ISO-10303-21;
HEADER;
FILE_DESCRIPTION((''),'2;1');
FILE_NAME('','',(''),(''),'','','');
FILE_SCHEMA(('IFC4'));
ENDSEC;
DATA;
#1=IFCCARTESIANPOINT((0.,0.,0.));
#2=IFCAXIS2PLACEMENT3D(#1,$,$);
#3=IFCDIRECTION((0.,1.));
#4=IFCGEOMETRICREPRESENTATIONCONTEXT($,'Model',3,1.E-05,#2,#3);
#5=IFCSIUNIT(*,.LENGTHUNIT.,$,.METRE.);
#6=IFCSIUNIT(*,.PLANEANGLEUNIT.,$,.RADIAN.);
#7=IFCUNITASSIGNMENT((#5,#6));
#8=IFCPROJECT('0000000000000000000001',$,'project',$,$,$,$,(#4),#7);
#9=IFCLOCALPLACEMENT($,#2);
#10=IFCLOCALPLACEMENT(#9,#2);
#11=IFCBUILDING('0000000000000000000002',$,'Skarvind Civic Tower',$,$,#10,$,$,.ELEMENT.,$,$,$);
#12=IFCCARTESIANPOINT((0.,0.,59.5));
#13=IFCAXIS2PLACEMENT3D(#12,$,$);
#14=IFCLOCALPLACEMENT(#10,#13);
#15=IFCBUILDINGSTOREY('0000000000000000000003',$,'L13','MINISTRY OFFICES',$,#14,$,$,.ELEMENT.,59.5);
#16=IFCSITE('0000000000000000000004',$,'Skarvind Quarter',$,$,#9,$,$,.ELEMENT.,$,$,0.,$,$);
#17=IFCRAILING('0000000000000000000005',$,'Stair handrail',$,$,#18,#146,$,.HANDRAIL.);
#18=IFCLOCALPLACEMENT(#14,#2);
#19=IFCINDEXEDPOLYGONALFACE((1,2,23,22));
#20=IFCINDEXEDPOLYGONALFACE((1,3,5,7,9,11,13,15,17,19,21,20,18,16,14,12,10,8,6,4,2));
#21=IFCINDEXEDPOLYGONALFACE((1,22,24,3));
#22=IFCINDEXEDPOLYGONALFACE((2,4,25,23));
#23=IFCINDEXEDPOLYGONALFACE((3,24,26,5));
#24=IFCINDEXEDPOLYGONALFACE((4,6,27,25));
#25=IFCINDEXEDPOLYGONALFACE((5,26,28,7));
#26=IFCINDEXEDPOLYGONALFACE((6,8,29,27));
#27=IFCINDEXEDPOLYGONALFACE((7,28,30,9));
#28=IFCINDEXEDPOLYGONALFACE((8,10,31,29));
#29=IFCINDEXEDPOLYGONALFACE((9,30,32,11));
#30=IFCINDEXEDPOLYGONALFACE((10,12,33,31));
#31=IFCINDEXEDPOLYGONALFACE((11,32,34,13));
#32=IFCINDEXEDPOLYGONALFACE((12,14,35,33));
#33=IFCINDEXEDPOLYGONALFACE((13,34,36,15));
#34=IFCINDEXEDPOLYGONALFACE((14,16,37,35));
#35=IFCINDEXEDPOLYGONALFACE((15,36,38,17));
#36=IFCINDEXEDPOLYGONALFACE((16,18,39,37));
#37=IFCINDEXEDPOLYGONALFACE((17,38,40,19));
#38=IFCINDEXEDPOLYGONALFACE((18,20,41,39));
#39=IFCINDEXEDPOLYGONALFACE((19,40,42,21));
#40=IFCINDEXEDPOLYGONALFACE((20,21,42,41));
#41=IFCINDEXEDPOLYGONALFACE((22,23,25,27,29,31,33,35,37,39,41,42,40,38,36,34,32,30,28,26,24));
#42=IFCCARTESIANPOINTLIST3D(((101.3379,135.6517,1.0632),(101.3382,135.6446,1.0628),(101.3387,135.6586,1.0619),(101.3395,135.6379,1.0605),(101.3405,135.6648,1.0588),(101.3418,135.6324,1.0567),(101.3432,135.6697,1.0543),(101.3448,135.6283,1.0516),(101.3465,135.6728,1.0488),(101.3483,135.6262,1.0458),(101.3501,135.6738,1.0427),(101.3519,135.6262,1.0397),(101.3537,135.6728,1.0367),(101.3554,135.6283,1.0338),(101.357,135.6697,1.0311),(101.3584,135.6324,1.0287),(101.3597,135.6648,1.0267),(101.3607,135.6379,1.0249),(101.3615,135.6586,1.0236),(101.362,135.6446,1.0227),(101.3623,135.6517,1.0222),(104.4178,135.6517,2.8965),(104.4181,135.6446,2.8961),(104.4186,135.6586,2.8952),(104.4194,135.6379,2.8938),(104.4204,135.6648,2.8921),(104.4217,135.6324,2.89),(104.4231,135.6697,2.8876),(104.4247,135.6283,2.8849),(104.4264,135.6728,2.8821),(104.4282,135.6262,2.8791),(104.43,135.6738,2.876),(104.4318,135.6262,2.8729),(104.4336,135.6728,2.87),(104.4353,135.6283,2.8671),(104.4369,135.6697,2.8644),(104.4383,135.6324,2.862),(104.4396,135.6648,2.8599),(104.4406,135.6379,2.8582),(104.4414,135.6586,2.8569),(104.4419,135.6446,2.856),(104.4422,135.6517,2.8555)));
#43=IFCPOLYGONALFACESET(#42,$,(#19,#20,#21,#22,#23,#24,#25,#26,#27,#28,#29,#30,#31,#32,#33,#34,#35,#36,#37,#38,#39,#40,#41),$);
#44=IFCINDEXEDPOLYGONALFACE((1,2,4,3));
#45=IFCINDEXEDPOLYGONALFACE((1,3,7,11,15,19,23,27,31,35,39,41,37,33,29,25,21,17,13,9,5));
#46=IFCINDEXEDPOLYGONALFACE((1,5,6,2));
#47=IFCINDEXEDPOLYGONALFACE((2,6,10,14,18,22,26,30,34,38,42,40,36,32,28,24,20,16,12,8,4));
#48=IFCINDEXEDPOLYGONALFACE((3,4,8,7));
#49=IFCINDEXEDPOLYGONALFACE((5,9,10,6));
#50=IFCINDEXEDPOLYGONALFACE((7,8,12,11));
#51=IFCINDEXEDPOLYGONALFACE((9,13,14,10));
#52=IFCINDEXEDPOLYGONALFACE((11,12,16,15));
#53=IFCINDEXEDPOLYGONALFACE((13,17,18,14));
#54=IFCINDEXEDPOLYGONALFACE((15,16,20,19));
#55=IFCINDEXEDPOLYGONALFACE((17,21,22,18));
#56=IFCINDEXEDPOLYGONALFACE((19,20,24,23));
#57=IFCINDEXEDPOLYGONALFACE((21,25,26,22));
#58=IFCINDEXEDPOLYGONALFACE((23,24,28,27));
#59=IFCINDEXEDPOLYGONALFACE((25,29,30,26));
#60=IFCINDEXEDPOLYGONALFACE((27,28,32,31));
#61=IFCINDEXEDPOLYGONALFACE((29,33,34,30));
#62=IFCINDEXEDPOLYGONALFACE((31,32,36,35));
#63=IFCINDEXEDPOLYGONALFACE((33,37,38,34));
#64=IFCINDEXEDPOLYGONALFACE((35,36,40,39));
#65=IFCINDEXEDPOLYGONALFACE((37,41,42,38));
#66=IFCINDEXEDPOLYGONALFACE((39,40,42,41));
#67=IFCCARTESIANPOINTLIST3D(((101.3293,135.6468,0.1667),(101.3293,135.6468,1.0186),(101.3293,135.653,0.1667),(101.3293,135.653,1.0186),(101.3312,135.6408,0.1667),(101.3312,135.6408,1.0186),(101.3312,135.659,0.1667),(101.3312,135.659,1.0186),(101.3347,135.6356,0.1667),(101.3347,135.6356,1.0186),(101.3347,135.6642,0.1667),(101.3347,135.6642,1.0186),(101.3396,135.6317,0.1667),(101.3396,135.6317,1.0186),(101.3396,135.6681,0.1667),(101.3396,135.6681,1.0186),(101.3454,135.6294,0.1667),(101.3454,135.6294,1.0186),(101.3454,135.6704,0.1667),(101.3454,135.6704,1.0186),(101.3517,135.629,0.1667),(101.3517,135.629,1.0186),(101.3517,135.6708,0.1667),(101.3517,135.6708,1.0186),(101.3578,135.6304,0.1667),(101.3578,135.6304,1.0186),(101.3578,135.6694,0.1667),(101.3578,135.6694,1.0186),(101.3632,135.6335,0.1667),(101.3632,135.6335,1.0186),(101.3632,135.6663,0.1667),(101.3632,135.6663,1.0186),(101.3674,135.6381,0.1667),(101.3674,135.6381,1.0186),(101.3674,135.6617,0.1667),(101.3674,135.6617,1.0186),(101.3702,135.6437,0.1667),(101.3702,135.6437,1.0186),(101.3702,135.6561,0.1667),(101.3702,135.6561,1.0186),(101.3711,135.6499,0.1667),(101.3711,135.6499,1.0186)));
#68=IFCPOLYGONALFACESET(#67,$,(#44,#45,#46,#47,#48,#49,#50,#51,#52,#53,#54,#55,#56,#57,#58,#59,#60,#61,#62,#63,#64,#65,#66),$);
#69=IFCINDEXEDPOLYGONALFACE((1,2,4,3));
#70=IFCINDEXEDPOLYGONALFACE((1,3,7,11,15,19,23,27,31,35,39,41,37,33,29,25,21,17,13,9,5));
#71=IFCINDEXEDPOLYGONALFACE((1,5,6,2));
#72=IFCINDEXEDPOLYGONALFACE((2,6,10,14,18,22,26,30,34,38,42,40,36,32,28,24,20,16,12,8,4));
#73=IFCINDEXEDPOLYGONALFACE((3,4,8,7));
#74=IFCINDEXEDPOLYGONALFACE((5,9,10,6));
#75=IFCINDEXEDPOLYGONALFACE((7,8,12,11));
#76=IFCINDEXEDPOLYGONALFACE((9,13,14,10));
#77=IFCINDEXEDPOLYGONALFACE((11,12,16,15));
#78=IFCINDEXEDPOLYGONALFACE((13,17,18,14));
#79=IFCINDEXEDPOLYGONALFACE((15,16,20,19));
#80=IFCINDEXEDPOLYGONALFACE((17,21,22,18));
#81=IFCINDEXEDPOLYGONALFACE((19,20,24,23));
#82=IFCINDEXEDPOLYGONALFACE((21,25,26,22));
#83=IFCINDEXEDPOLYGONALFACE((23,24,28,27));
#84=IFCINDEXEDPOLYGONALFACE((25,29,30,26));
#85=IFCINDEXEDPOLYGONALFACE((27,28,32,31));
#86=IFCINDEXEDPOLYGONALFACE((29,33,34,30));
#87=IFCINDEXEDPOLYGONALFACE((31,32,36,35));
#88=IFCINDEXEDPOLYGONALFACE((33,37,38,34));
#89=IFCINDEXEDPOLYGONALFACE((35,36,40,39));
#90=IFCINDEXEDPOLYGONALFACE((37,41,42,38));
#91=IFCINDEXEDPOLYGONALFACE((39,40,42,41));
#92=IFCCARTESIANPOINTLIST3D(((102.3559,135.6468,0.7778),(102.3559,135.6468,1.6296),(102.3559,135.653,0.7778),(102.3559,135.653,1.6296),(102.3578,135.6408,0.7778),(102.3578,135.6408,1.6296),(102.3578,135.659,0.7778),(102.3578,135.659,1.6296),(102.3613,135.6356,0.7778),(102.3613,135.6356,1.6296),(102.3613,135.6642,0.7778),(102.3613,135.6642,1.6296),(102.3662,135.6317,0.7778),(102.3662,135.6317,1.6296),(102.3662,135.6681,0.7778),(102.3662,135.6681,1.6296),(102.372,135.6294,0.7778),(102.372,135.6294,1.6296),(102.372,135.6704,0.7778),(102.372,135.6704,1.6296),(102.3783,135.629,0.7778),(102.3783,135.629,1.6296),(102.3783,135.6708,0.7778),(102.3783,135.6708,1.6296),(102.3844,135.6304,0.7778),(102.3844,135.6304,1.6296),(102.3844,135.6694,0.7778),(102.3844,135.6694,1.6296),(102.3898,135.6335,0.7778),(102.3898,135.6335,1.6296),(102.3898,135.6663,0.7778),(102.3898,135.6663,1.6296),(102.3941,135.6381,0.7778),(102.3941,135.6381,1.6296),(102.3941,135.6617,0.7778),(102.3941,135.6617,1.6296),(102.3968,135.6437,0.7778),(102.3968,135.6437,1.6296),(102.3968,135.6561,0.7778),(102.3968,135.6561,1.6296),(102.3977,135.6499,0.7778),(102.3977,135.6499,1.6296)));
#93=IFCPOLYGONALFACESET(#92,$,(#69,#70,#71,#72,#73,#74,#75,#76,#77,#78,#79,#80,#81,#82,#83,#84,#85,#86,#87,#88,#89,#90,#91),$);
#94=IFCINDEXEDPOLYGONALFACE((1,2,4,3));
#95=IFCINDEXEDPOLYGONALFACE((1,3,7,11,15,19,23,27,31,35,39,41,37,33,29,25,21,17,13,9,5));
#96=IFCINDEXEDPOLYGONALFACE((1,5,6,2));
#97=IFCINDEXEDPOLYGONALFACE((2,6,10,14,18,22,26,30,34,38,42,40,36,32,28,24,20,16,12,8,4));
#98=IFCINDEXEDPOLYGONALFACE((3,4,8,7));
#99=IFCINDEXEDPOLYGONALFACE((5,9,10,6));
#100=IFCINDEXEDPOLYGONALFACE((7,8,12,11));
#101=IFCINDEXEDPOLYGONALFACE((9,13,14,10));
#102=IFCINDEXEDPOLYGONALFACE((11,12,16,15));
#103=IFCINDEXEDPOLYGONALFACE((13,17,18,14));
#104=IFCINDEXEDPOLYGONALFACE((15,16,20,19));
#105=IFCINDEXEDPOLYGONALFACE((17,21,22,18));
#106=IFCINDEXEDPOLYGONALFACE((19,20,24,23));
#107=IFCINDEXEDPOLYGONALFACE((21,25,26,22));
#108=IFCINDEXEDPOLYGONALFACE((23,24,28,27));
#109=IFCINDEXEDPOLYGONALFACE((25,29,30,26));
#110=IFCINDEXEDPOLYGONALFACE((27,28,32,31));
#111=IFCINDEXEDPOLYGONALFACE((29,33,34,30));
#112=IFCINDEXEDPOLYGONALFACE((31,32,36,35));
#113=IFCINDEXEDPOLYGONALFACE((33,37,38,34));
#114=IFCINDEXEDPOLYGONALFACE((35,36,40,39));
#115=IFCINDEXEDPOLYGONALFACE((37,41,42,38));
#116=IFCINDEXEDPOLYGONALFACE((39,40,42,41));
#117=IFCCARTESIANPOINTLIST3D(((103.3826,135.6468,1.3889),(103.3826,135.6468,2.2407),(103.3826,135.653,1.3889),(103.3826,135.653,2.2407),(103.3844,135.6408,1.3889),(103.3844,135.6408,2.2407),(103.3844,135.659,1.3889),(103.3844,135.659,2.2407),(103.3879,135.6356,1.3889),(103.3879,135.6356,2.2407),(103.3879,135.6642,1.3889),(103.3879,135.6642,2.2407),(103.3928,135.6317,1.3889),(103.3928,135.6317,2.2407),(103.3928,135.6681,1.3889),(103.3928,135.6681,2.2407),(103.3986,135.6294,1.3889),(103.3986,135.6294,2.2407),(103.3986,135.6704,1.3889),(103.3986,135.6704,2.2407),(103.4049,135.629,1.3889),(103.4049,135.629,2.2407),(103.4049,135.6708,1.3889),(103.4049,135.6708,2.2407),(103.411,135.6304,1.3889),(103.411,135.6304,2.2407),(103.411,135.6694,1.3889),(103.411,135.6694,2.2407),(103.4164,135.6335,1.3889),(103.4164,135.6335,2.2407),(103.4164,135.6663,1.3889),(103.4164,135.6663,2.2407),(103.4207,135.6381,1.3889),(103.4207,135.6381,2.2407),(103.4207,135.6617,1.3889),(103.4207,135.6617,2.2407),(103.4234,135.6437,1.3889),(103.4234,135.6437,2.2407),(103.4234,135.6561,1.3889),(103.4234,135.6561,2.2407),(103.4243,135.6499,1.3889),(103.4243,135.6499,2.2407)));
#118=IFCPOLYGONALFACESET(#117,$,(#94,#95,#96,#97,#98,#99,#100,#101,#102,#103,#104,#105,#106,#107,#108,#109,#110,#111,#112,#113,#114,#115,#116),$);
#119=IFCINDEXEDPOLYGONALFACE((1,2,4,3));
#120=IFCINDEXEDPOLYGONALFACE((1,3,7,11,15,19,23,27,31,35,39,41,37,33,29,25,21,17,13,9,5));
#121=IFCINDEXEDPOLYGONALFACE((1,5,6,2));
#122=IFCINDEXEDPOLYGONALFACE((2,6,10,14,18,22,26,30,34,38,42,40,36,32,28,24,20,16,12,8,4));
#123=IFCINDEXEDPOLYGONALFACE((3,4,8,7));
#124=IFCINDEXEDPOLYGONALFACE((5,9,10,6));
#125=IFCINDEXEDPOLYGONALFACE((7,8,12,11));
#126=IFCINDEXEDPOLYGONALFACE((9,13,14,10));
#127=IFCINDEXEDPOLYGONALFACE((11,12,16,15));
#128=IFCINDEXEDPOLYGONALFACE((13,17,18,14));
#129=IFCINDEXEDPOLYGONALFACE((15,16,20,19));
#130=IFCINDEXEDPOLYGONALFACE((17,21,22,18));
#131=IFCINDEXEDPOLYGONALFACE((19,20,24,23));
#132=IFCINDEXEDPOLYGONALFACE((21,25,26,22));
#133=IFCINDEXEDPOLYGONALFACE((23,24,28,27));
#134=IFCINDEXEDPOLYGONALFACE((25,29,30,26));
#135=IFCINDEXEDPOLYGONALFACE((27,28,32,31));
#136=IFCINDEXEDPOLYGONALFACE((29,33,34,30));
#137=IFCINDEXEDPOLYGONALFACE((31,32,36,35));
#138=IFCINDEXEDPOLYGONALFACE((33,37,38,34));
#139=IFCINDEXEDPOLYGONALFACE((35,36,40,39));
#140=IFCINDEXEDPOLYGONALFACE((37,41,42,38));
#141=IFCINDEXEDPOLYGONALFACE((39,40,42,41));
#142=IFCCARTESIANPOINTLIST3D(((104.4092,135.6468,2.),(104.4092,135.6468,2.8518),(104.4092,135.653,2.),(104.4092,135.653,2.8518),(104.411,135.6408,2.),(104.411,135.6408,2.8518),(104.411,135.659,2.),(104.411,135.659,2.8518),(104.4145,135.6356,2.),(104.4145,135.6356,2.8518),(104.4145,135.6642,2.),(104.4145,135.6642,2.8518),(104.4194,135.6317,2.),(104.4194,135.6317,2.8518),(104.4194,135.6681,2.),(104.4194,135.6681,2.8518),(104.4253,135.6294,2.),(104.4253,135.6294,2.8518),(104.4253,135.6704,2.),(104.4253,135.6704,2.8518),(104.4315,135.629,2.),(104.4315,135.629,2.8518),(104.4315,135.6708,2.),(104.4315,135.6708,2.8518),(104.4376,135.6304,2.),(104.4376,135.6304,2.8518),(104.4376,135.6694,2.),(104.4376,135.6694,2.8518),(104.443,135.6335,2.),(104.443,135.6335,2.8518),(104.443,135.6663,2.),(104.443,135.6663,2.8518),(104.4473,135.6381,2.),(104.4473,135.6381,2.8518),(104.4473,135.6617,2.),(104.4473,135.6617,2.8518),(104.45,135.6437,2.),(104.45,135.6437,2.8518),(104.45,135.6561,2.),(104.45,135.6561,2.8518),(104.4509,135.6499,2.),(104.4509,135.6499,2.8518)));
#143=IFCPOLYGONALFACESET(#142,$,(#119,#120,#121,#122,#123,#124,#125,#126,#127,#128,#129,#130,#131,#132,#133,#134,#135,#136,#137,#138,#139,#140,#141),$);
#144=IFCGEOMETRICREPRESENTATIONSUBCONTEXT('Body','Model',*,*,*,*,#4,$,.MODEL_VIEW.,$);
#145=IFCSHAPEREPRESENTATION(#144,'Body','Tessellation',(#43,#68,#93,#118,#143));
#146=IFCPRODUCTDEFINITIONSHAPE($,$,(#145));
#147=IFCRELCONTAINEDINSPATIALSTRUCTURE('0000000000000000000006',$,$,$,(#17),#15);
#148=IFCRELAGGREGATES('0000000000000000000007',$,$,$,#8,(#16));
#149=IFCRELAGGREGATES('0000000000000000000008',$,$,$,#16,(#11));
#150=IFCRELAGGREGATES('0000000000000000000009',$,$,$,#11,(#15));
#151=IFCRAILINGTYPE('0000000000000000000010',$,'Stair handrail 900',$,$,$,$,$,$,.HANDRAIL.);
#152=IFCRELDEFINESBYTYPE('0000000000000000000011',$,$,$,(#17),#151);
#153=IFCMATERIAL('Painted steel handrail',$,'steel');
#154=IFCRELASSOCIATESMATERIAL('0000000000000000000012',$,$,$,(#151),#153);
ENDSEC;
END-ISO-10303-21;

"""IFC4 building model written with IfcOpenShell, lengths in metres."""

from ifc_helpers import new_model, si_unit, direction, frame, origin, origin_2d, place, context, subcontext, project, spatial, circle, extrude, material, type_object, element, save


model = new_model("IFC4")

# Units and contexts
model_context = context("Model", 3, precision=1e-05, world=origin(), true_north=direction((0.0, 1.0)))
body_context = subcontext(model_context, "Body", "Model", "MODEL_VIEW")
ifc_project = project(units=[si_unit("LENGTHUNIT", "METRE"), si_unit("PLANEANGLEUNIT", "RADIAN")], contexts=[model_context])

# Site, building, storey
site_placement = place(None, origin())
site = spatial("IfcSite", under=ifc_project, at=site_placement, Name="Skarvind Quarter", CompositionType="ELEMENT", RefElevation=0.0)
building_placement = place(site_placement, origin())
building = spatial("IfcBuilding", under=site, at=building_placement, Name="Skarvind Civic Tower", CompositionType="ELEMENT")
storey_placement = place(building_placement, frame((0.0, 0.0, 59.5)))
storey = spatial("IfcBuildingStorey", under=building, at=storey_placement, Name="L13", Description="MINISTRY OFFICES", CompositionType="ELEMENT", Elevation=59.5)

# Railing
ifc_material_1 = material(Name="Painted steel handrail", Category="steel")
railing_type = type_object("IfcRailingType", Name="Stair handrail 900", PredefinedType="HANDRAIL", material=ifc_material_1)
railing_1_placement = place(storey_placement, frame((101.3501, 135.6499, 0.1667)))
element("IfcRailing", 1, at=railing_1_placement, inside=storey, type_object=railing_type, Name="Stair handrail", PredefinedType="HANDRAIL", context=body_context, shape_type="SweptSolid", body=[
    extrude(circle(Radius=0.0239, at=origin_2d()), frame((0.0, 0.0, 0.876), z_axis=(0.859291, 0.0, 0.511487), x_axis=(0.0, 1.0, 0.0)), (0.0, 0.0, 1.0), 3.5842),
    extrude(circle(Radius=0.021, at=origin_2d()), origin(), (0.0, 0.0, 1.0), 0.8518),
    extrude(circle(Radius=0.021, at=origin_2d()), frame((1.0266, 0.0, 0.6111)), (0.0, 0.0, 1.0), 0.8518),
    extrude(circle(Radius=0.021, at=origin_2d()), frame((2.0532, 0.0, 1.2222)), (0.0, 0.0, 1.0), 0.8518),
    extrude(circle(Radius=0.021, at=origin_2d()), frame((3.0798, 0.0, 1.8333)), (0.0, 0.0, 1.0), 0.8518),
])

save(model, "model.ifc")
